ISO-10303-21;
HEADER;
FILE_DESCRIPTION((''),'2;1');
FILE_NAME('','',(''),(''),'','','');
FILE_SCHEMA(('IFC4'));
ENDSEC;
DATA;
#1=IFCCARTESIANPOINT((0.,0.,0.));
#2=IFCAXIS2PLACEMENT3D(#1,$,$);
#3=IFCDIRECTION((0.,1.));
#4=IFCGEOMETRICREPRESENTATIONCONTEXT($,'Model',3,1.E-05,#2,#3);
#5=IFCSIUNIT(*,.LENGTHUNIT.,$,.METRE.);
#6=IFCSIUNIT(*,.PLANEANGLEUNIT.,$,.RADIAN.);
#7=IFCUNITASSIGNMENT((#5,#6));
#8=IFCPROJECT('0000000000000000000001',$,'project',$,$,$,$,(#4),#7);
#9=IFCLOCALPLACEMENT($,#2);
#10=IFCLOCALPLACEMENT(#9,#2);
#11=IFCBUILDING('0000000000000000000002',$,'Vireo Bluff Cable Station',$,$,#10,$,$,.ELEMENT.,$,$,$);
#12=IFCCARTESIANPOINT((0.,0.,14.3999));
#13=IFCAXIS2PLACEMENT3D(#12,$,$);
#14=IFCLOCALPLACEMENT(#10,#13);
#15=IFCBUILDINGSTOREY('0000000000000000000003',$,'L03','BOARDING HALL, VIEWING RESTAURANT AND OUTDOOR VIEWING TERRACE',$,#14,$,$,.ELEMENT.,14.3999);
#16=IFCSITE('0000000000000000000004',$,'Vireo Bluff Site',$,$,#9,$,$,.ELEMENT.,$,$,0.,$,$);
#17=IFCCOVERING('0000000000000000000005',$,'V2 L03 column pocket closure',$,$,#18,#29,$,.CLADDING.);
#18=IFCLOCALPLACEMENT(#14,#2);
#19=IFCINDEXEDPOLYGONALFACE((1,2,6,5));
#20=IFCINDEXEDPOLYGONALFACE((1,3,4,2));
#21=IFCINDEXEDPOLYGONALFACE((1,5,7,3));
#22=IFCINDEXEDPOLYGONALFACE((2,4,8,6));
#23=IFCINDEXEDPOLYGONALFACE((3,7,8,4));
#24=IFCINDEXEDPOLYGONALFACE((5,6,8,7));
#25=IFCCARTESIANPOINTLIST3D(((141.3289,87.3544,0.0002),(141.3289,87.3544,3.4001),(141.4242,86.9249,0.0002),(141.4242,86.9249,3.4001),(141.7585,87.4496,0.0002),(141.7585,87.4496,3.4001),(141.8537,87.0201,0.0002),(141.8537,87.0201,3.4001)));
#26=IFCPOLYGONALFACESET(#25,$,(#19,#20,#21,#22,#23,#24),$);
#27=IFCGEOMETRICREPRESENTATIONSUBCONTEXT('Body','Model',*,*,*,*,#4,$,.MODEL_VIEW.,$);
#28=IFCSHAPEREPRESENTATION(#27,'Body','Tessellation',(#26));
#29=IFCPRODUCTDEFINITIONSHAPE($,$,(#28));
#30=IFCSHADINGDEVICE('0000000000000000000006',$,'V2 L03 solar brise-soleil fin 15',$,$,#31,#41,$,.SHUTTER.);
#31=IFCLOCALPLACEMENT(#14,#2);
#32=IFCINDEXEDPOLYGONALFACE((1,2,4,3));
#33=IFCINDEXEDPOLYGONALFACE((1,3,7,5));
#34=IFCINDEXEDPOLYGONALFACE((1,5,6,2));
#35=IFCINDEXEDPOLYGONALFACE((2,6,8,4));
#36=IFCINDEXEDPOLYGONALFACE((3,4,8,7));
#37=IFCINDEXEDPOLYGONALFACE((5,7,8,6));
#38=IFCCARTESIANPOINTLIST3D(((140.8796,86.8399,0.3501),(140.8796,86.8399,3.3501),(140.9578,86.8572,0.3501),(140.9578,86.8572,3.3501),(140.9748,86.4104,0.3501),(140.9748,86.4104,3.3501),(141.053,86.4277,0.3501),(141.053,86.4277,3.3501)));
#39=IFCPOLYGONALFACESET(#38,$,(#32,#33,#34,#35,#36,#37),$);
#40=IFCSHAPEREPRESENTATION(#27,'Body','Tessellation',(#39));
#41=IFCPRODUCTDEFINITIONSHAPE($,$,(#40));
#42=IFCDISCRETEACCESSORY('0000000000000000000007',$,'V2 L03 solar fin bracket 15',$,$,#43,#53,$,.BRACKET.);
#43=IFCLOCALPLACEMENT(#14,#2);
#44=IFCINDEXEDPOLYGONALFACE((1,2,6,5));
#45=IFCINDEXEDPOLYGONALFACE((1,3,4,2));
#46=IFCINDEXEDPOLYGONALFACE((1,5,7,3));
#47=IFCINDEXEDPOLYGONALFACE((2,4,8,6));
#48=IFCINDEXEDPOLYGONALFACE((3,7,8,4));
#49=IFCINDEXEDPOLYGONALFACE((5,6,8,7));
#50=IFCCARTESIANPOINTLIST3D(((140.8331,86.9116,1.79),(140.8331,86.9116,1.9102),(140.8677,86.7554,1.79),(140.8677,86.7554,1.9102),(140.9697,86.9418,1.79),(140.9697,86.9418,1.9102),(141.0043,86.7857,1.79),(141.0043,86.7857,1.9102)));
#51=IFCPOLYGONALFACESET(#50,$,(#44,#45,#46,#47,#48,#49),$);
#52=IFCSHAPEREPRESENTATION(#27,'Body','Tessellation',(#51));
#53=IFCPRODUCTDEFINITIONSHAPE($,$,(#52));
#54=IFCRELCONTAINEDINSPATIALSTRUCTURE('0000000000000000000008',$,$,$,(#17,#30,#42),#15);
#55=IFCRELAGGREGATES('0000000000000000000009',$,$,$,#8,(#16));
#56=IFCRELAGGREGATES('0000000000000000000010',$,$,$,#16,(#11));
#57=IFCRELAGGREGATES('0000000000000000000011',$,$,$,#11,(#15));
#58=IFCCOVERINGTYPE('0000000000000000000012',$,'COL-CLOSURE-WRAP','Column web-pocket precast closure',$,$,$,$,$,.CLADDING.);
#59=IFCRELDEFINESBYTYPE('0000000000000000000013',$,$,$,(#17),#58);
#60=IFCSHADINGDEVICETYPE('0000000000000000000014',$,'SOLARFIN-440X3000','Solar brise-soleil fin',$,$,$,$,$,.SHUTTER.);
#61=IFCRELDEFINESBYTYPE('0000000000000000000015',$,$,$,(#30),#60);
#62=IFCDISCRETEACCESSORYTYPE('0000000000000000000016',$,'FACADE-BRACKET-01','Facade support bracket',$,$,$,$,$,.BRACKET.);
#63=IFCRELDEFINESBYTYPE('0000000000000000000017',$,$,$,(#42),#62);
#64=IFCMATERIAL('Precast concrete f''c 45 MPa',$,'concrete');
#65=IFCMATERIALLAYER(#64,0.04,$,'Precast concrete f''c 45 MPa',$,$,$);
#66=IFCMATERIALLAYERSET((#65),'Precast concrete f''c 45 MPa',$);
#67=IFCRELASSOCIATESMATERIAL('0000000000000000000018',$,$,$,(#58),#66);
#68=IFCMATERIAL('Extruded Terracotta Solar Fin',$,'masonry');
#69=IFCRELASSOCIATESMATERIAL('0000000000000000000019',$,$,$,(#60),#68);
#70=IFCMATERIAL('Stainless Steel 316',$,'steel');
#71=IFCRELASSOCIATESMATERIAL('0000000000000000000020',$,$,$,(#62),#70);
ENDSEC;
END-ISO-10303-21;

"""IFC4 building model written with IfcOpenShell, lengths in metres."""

from ifc_helpers import new_model, si_unit, direction, frame, origin, origin_2d, place, context, subcontext, project, spatial, rectangle, extrude, material, layer, layer_set, type_object, element, save


model = new_model("IFC4")

# Units and contexts
model_context = context("Model", 3, precision=1e-05, world=origin(), true_north=direction((0.0, 1.0)))
body_context = subcontext(model_context, "Body", "Model", "MODEL_VIEW")
ifc_project = project(units=[si_unit("LENGTHUNIT", "METRE"), si_unit("PLANEANGLEUNIT", "RADIAN")], contexts=[model_context])

# Site, building, storey
site_placement = place(None, origin())
site = spatial("IfcSite", under=ifc_project, at=site_placement, Name="Vireo Bluff Site", CompositionType="ELEMENT", RefElevation=0.0)
building_placement = place(site_placement, origin())
building = spatial("IfcBuilding", under=site, at=building_placement, Name="Vireo Bluff Cable Station", CompositionType="ELEMENT")
storey_placement = place(building_placement, frame((0.0, 0.0, 14.3999)))
storey = spatial("IfcBuildingStorey", under=building, at=storey_placement, Name="L03", Description="BOARDING HALL, VIEWING RESTAURANT AND OUTDOOR VIEWING TERRACE", CompositionType="ELEMENT", Elevation=14.3999)

# Shared definitions
ifc_material_1 = material(Name="Precast concrete f'c 45 MPa", Category="concrete")

# Covering
ifc_layer_1 = layer(ifc_material_1, 0.04, Name="Precast concrete f'c 45 MPa")
ifc_layer_set_1 = layer_set([ifc_layer_1], Name="Precast concrete f'c 45 MPa")
covering_type = type_object("IfcCoveringType", Name="COL-CLOSURE-WRAP", Description="Column web-pocket precast closure", PredefinedType="CLADDING", material=ifc_layer_set_1)
covering_placement = place(storey_placement, frame((141.5913, 87.1873, 0.0002), z_axis=(0.0, 0.0, 1.0), x_axis=(0.976296, 0.21644, 0.0)))
element("IfcCovering", 1, at=covering_placement, inside=storey, type_object=covering_type, Name="V2 L03 column pocket closure", PredefinedType="CLADDING", context=body_context, shape_type="SweptSolid", body=[
    extrude(rectangle(XDim=0.4399, YDim=0.4399, at=origin_2d()), origin(), (0.0, 0.0, 1.0), 3.3999),
])

# Shading device
ifc_material_2 = material(Name="Extruded Terracotta Solar Fin", Category="masonry")
shading_device_type = type_object("IfcShadingDeviceType", Name="SOLARFIN-440X3000", Description="Solar brise-soleil fin", PredefinedType="SHUTTER", material=ifc_material_2)
shading_device_placement = place(storey_placement, frame((140.9663, 86.6338, 0.3501), z_axis=(0.0, 0.0, 1.0), x_axis=(-0.976296, -0.21644, 0.0)))
element("IfcShadingDevice", 2, at=shading_device_placement, inside=storey, type_object=shading_device_type, Name="V2 L03 solar brise-soleil fin 15", PredefinedType="SHUTTER", context=body_context, shape_type="SweptSolid", body=[
    extrude(rectangle(XDim=0.0801, YDim=0.4399, at=origin_2d()), origin(), (0.0, 0.0, 1.0), 3.0),
])

# Discrete accessory
ifc_material_3 = material(Name="Stainless Steel 316", Category="steel")
discrete_accessory_type = type_object("IfcDiscreteAccessoryType", Name="FACADE-BRACKET-01", Description="Facade support bracket", PredefinedType="BRACKET", material=ifc_material_3)
discrete_accessory_placement = place(storey_placement, frame((140.9187, 86.8486, 1.79), z_axis=(0.0, 0.0, 1.0), x_axis=(-0.976296, -0.21644, 0.0)))
element("IfcDiscreteAccessory", 3, at=discrete_accessory_placement, inside=storey, type_object=discrete_accessory_type, Name="V2 L03 solar fin bracket 15", PredefinedType="BRACKET", context=body_context, shape_type="SweptSolid", body=[
    extrude(rectangle(XDim=0.1399, YDim=0.1599, at=origin_2d()), origin(), (0.0, 0.0, 1.0), 0.1201),
])

save(model, "model.ifc")
